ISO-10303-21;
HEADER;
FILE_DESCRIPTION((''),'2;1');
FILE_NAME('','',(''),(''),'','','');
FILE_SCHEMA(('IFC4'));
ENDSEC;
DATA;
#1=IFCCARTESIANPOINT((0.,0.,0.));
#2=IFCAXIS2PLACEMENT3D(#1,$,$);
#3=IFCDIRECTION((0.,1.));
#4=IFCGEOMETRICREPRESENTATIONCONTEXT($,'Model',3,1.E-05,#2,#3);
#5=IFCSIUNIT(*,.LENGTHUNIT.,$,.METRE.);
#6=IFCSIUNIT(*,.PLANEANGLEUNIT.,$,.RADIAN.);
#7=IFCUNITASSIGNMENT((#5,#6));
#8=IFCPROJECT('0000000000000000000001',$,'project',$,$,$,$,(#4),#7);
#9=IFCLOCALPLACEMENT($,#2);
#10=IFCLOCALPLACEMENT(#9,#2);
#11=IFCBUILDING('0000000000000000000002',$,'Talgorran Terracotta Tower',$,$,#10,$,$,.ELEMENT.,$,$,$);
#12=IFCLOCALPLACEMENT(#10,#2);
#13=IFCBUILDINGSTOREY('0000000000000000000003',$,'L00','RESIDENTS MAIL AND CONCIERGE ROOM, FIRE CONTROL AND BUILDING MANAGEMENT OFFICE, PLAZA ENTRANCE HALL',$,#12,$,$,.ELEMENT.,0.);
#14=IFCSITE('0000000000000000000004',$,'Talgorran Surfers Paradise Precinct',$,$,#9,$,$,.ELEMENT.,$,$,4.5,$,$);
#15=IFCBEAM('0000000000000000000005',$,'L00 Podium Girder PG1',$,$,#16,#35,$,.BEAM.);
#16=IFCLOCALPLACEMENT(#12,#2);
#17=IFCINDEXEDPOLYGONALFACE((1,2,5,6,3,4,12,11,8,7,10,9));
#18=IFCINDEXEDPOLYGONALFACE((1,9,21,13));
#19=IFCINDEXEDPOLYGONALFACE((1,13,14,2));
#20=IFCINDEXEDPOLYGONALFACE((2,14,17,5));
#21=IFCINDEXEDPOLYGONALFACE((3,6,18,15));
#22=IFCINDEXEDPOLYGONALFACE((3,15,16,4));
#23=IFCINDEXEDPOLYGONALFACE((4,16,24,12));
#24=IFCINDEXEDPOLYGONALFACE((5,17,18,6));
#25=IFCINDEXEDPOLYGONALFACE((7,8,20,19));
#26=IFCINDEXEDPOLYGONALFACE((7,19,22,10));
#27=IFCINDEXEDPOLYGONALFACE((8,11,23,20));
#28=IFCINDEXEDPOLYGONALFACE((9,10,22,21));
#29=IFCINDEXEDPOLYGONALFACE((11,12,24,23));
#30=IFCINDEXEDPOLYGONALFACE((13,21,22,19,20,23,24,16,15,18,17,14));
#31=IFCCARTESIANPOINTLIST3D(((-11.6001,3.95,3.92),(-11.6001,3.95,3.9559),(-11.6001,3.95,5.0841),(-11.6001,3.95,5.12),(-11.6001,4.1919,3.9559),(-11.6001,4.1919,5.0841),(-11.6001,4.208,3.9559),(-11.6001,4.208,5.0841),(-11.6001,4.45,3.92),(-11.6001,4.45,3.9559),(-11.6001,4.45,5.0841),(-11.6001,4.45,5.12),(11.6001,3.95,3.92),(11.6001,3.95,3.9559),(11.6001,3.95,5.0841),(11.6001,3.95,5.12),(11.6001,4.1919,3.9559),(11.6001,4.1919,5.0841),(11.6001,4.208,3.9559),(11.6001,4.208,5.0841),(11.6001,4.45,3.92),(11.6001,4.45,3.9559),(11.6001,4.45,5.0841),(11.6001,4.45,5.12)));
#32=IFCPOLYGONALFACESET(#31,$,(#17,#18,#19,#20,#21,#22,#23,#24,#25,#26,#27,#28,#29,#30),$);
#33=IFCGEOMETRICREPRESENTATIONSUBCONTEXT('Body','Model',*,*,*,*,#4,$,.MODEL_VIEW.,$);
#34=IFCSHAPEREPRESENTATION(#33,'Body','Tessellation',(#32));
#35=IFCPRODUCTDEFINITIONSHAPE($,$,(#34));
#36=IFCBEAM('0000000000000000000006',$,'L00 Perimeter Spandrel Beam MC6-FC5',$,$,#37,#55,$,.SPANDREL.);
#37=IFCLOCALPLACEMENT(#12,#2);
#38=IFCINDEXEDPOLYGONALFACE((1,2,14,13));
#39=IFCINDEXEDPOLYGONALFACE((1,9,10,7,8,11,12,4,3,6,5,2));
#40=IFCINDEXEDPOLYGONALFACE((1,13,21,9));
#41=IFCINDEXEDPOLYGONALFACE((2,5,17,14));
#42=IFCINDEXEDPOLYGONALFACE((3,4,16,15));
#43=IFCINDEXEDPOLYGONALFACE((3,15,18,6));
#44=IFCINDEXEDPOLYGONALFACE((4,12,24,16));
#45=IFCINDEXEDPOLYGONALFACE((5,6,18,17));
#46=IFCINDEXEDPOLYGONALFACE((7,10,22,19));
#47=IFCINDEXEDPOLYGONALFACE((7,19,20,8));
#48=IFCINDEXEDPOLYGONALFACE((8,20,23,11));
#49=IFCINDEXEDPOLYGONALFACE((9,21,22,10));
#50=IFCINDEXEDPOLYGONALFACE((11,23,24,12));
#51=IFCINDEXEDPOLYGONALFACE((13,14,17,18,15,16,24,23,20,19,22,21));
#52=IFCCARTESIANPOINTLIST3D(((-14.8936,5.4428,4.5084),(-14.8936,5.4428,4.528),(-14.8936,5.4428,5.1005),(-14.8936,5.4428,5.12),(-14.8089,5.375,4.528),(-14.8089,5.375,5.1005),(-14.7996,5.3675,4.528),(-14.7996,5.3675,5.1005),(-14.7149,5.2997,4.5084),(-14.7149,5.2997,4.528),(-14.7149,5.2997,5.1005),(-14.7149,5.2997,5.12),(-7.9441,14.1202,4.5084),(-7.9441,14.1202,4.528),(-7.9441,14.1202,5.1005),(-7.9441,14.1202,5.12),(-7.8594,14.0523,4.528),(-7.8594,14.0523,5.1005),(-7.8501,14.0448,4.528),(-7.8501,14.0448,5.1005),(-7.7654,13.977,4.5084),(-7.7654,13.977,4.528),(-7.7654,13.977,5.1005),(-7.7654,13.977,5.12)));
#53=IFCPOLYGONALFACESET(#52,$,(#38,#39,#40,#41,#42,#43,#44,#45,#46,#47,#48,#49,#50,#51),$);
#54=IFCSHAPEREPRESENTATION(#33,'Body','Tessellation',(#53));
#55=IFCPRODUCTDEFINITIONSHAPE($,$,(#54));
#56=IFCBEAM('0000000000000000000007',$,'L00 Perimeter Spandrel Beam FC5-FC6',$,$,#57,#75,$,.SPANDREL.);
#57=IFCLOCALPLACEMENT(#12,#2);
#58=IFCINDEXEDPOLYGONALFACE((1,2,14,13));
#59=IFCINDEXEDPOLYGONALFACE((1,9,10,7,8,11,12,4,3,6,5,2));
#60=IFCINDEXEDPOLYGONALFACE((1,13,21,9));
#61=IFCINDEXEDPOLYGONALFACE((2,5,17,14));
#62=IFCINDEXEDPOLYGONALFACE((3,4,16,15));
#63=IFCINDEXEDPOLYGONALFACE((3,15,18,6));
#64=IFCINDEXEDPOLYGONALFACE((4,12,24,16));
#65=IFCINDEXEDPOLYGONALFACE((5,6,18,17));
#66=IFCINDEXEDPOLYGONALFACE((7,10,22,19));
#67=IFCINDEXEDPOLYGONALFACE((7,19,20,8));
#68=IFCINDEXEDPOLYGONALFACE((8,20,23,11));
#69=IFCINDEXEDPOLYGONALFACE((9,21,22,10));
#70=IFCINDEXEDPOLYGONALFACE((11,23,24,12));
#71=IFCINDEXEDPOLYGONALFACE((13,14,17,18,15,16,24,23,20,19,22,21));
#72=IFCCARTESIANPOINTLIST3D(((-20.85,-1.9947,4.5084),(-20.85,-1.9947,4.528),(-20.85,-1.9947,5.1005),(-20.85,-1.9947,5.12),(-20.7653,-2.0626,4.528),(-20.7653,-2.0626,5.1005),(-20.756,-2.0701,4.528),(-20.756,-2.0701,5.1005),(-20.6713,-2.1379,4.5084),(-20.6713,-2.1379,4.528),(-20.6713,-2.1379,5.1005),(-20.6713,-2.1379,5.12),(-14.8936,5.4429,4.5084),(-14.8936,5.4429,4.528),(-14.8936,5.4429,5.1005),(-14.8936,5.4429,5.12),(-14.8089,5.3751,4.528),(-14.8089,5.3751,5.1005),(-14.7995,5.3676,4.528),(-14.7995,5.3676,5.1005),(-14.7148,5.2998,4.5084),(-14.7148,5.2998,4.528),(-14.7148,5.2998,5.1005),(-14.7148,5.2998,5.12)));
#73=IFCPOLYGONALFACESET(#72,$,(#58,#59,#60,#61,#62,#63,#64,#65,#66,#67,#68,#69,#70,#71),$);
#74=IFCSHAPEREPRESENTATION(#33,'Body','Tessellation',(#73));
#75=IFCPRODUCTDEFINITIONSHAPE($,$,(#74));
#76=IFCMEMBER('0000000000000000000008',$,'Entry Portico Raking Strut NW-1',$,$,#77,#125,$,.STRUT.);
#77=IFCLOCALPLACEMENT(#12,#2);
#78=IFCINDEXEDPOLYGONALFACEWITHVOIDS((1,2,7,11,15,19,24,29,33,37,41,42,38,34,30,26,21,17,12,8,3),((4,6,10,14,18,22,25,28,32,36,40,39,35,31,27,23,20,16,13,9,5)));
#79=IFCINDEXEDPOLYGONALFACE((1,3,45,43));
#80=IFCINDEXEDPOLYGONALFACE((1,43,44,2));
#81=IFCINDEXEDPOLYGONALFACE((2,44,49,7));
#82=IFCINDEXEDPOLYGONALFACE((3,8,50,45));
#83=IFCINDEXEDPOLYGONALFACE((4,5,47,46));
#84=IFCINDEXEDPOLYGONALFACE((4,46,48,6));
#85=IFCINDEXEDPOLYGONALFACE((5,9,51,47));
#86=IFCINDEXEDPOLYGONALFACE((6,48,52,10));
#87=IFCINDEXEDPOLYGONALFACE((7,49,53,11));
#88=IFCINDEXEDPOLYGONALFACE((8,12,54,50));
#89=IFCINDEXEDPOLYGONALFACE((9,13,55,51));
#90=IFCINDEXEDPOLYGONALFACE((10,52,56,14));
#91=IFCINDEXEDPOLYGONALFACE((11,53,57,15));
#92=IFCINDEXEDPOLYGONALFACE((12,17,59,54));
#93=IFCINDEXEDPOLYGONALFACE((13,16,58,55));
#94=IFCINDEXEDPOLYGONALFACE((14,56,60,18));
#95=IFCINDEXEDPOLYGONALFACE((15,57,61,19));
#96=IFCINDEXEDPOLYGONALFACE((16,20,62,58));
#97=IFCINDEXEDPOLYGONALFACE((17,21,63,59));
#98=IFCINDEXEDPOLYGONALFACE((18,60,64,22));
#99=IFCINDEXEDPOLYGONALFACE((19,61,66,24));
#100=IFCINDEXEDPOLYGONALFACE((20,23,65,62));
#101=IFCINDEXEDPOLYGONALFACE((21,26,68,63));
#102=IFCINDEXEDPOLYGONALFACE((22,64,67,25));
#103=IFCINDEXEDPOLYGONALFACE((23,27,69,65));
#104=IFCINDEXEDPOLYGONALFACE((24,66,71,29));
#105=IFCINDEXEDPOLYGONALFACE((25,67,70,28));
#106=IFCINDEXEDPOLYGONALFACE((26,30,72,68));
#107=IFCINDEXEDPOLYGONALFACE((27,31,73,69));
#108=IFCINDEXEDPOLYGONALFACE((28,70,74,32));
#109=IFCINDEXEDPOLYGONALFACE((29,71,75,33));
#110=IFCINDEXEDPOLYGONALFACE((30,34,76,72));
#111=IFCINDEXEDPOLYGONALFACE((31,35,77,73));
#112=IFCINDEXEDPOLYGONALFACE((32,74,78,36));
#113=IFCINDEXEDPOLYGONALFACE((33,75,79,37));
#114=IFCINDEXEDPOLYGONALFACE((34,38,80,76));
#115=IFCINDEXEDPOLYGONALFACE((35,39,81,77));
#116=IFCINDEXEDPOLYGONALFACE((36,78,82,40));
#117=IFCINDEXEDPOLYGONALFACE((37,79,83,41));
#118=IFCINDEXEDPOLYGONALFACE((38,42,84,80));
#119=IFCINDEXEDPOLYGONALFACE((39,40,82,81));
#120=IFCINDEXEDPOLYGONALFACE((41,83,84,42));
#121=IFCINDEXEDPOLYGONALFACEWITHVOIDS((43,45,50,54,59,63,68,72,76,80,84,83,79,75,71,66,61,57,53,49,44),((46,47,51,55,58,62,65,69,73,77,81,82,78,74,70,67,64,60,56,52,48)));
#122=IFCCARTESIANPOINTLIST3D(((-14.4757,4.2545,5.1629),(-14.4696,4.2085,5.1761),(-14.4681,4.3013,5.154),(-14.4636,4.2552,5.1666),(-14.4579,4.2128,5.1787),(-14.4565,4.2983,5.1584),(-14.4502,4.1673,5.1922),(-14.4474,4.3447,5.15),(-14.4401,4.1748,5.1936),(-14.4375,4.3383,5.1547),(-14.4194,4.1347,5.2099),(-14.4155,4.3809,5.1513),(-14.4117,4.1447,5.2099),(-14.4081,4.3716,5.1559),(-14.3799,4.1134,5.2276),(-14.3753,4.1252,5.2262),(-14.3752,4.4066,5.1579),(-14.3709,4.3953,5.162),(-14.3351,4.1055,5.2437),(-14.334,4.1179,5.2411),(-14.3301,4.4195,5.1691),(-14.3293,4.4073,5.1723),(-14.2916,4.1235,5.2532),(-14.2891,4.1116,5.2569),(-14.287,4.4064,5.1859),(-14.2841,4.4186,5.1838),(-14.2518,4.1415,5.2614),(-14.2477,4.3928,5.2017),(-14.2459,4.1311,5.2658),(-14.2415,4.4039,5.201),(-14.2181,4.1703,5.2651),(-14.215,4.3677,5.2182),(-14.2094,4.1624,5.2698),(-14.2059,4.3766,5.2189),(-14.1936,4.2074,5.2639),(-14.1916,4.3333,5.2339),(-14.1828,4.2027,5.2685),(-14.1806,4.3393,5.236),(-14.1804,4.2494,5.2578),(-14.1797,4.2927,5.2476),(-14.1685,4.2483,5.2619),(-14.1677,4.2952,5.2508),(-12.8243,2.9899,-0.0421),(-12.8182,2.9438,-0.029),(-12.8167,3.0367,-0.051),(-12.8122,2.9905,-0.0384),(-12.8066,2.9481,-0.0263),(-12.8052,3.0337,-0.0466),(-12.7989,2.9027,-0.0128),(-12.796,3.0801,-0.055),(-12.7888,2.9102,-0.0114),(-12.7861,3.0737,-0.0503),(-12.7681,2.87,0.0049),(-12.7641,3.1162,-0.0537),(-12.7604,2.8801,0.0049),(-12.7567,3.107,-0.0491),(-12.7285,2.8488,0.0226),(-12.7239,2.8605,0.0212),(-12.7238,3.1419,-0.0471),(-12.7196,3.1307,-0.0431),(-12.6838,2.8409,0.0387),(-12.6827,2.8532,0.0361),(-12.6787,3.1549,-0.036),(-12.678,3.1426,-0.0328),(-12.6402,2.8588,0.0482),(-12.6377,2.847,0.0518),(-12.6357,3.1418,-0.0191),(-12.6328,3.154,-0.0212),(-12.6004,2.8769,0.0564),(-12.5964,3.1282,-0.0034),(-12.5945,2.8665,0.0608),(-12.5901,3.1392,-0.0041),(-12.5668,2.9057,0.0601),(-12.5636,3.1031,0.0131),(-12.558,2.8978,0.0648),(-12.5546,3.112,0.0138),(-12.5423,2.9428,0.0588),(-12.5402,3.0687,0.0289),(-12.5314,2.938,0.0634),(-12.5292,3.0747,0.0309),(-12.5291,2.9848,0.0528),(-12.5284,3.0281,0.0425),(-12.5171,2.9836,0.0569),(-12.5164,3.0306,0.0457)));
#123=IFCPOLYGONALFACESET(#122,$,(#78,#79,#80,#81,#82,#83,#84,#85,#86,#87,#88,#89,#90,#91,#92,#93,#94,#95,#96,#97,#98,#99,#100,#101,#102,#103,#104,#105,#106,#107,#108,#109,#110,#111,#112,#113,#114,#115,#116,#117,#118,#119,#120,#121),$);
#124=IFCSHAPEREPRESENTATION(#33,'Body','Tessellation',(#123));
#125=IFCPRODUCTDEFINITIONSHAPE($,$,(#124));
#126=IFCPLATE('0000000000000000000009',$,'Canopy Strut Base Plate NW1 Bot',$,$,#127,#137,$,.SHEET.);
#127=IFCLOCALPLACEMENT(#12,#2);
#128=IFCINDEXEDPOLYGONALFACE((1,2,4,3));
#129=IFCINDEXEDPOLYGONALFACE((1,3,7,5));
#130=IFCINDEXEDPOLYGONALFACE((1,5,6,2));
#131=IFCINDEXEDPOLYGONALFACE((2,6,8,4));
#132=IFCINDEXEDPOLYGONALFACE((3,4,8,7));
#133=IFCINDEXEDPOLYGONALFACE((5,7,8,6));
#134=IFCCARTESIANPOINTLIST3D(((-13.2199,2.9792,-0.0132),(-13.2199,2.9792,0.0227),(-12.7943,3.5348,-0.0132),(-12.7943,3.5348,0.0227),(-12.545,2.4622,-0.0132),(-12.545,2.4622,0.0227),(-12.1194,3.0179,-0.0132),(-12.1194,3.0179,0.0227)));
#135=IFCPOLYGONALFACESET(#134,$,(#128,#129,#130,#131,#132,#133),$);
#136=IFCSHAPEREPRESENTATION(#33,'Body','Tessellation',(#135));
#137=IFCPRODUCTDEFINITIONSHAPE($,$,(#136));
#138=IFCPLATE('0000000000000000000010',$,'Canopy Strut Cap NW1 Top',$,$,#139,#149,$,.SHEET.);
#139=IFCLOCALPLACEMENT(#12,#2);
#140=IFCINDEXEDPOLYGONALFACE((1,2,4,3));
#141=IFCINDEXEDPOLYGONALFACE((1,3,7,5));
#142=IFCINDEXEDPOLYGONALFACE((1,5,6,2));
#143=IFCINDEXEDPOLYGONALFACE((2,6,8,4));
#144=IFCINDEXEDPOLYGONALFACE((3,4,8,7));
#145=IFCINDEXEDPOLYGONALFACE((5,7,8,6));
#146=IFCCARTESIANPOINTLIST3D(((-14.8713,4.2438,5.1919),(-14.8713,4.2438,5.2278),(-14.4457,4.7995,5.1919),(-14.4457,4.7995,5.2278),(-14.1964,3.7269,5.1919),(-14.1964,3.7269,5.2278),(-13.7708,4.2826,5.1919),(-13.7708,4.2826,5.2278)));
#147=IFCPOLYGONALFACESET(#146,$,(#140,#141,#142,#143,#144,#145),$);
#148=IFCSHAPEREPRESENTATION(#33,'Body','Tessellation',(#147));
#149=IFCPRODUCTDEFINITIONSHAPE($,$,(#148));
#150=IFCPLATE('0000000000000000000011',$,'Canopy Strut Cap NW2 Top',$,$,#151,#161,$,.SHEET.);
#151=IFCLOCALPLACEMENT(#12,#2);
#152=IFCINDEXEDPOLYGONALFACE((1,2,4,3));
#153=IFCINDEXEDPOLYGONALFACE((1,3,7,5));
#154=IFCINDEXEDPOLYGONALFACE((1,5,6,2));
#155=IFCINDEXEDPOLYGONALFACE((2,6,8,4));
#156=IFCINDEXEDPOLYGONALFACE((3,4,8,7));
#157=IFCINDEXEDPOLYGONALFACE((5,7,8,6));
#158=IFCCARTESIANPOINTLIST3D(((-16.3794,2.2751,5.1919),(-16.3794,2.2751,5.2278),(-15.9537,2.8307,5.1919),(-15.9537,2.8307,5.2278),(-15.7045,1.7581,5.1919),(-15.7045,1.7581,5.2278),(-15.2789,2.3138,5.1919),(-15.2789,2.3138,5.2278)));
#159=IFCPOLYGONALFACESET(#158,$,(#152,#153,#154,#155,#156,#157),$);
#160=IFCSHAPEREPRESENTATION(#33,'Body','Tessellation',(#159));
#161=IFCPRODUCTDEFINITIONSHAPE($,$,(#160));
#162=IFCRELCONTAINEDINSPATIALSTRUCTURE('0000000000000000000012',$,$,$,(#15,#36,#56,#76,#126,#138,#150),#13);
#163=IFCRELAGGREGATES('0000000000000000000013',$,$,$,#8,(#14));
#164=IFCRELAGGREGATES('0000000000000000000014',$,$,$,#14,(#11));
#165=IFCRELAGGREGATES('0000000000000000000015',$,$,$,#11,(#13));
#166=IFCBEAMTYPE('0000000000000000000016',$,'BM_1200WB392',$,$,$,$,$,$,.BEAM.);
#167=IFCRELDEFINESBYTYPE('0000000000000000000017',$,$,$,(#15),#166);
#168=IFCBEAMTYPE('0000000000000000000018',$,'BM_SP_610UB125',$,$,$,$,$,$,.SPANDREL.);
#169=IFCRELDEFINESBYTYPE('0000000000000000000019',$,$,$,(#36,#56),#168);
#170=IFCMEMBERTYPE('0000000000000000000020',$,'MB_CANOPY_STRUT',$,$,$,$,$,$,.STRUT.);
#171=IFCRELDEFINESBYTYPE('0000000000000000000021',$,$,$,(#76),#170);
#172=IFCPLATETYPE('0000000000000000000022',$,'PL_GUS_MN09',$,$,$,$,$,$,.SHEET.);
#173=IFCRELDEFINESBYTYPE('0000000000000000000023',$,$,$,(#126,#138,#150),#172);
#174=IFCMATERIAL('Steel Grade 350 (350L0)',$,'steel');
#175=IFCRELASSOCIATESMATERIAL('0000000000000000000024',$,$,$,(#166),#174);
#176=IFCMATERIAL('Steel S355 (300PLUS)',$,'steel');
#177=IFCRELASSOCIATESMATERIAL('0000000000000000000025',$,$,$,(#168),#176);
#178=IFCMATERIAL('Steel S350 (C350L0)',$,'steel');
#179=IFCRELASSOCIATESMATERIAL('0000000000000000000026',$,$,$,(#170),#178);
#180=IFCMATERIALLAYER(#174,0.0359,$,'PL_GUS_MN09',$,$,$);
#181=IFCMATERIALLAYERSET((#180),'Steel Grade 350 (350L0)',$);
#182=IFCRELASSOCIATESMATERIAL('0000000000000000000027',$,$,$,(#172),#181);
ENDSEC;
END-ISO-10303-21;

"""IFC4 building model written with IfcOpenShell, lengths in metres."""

from ifc_helpers import new_model, si_unit, direction, frame, origin, origin_2d, place, context, subcontext, project, spatial, rectangle, hollow_circle, i_section, extrude, material, layer, layer_set, material_profile, profile_set, type_object, element, save


model = new_model("IFC4")

# Units and contexts
model_context = context("Model", 3, precision=1e-05, world=origin(), true_north=direction((0.0, 1.0)))
body_context = subcontext(model_context, "Body", "Model", "MODEL_VIEW")
ifc_project = project(units=[si_unit("LENGTHUNIT", "METRE"), si_unit("PLANEANGLEUNIT", "RADIAN")], contexts=[model_context])

# Site, building, storey
site_placement = place(None, origin())
site = spatial("IfcSite", under=ifc_project, at=site_placement, Name="Talgorran Surfers Paradise Precinct", CompositionType="ELEMENT", RefElevation=4.5)
building_placement = place(site_placement, origin())
building = spatial("IfcBuilding", under=site, at=building_placement, Name="Talgorran Terracotta Tower", CompositionType="ELEMENT")
storey_placement = place(building_placement, origin())
storey = spatial("IfcBuildingStorey", under=building, at=storey_placement, Name="L00", Description="RESIDENTS MAIL AND CONCIERGE ROOM, FIRE CONTROL AND BUILDING MANAGEMENT OFFICE, PLAZA ENTRANCE HALL", CompositionType="ELEMENT", Elevation=0.0)

# Shared definitions
ifc_material_1 = material(Name="Steel S355 (300PLUS)", Category="steel")
ifc_material_2 = material(Name="Steel Grade 350 (350L0)", Category="steel")

# Beams
ifc_material_profile_1 = material_profile(ifc_material_2, i_section(OverallWidth=0.5, OverallDepth=1.2, WebThickness=0.0161, FlangeThickness=0.0359, at=origin_2d()), Name="1200WB392")
ifc_profile_set_1 = profile_set([ifc_material_profile_1], Name="Steel Grade 350 (350L0)")
beam_type_1 = type_object("IfcBeamType", Name="BM_1200WB392", PredefinedType="BEAM", material=ifc_profile_set_1)
beam_1_placement = place(storey_placement, frame((-11.6001, 4.2, 4.52), z_axis=(1.0, 0.0, 0.0), x_axis=(0.0, 1.0, 0.0)))
element("IfcBeam", 1, at=beam_1_placement, inside=storey, type_object=beam_type_1, Name="L00 Podium Girder PG1", PredefinedType="BEAM", context=body_context, shape_type="SweptSolid", body=[
    extrude(i_section(OverallWidth=0.5, OverallDepth=1.2, WebThickness=0.0161, FlangeThickness=0.0359, at=origin_2d()), origin(), (0.0, 0.0, 1.0), 23.2002),
])
ifc_material_profile_2 = material_profile(ifc_material_1, i_section(OverallWidth=0.229, OverallDepth=0.6116, WebThickness=0.012, FlangeThickness=0.0195, at=origin_2d()), Name="610UB125")
ifc_profile_set_2 = profile_set([ifc_material_profile_2], Name="Steel S355 (300PLUS)")
beam_type_2 = type_object("IfcBeamType", Name="BM_SP_610UB125", PredefinedType="SPANDREL", material=ifc_profile_set_2)
beam_2_placement = place(storey_placement, frame((-7.8547, 14.0486, 4.8142), z_axis=(-0.625115, -0.780532, 0.0), x_axis=(0.780532, -0.625115, 0.0)))
element("IfcBeam", 2, at=beam_2_placement, inside=storey, type_object=beam_type_2, Name="L00 Perimeter Spandrel Beam MC6-FC5", PredefinedType="SPANDREL", context=body_context, shape_type="SweptSolid", body=[
    extrude(i_section(OverallWidth=0.229, OverallDepth=0.6116, WebThickness=0.012, FlangeThickness=0.0195, at=origin_2d()), origin(), (0.0, 0.0, 1.0), 11.1172),
])
beam_3_placement = place(storey_placement, frame((-14.8042, 5.3713, 4.8142), z_axis=(-0.625101, -0.780544, 0.0), x_axis=(0.780544, -0.625101, 0.0)))
element("IfcBeam", 3, at=beam_3_placement, inside=storey, type_object=beam_type_2, Name="L00 Perimeter Spandrel Beam FC5-FC6", PredefinedType="SPANDREL", context=body_context, shape_type="SweptSolid", body=[
    extrude(i_section(OverallWidth=0.229, OverallDepth=0.6116, WebThickness=0.012, FlangeThickness=0.0195, at=origin_2d()), origin(), (0.0, 0.0, 1.0), 9.5288),
])

# Member
ifc_material_3 = material(Name="Steel S350 (C350L0)", Category="steel")
ifc_material_profile_3 = material_profile(ifc_material_3, hollow_circle(Radius=0.1619, WallThickness=0.0127, at=origin_2d()), Name="CHS323.9X12.7")
ifc_profile_set_3 = profile_set([ifc_material_profile_3], Name="Steel S350 (C350L0)")
member_type = type_object("IfcMemberType", Name="MB_CANOPY_STRUT", PredefinedType="STRUT", material=ifc_profile_set_3)
member_placement = place(storey_placement, frame((-12.6697, 2.9985, 0.0049), z_axis=(-0.294609, 0.225617, 0.928602), x_axis=(-0.608008, -0.793931, 0.0)))
element("IfcMember", 4, at=member_placement, inside=storey, type_object=member_type, Name="Entry Portico Raking Strut NW-1", PredefinedType="STRUT", context=body_context, shape_type="SweptSolid", body=[
    extrude(hollow_circle(Radius=0.1619, WallThickness=0.0127, at=origin_2d()), origin(), (0.0, 0.0, 1.0), 5.6052),
])

# Plates
ifc_layer_1 = layer(ifc_material_2, 0.0359, Name="PL_GUS_MN09")
ifc_layer_set_1 = layer_set([ifc_layer_1], Name="Steel Grade 350 (350L0)")
plate_type = type_object("IfcPlateType", Name="PL_GUS_MN09", PredefinedType="SHEET", material=ifc_layer_set_1)
for number, where, z_axis, x_axis, name in (
    (5, (-12.6697, 2.9985, -0.0132), (0.0, 0.0, 1.0), (-0.793884, 0.608069, 0.0), "Canopy Strut Base Plate NW1 Bot"),
    (6, (-14.321, 4.2632, 5.1919), (0.0, 0.0, 1.0), (-0.793884, 0.608069, 0.0), "Canopy Strut Cap NW1 Top"),
    (7, (-15.8291, 2.2944, 5.1919), (0.0, 0.0, 1.0), (-0.793884, 0.608069, 0.0), "Canopy Strut Cap NW2 Top"),
):
    element("IfcPlate", number, at=place(storey_placement, frame(where, z_axis=z_axis, x_axis=x_axis)), inside=storey, type_object=plate_type, Name=name, PredefinedType="SHEET", context=body_context, shape_type="SweptSolid", body=[
        extrude(rectangle(XDim=0.8501, YDim=0.7, at=origin_2d()), origin(), (0.0, 0.0, 1.0), 0.0359),
    ])

save(model, "model.ifc")
